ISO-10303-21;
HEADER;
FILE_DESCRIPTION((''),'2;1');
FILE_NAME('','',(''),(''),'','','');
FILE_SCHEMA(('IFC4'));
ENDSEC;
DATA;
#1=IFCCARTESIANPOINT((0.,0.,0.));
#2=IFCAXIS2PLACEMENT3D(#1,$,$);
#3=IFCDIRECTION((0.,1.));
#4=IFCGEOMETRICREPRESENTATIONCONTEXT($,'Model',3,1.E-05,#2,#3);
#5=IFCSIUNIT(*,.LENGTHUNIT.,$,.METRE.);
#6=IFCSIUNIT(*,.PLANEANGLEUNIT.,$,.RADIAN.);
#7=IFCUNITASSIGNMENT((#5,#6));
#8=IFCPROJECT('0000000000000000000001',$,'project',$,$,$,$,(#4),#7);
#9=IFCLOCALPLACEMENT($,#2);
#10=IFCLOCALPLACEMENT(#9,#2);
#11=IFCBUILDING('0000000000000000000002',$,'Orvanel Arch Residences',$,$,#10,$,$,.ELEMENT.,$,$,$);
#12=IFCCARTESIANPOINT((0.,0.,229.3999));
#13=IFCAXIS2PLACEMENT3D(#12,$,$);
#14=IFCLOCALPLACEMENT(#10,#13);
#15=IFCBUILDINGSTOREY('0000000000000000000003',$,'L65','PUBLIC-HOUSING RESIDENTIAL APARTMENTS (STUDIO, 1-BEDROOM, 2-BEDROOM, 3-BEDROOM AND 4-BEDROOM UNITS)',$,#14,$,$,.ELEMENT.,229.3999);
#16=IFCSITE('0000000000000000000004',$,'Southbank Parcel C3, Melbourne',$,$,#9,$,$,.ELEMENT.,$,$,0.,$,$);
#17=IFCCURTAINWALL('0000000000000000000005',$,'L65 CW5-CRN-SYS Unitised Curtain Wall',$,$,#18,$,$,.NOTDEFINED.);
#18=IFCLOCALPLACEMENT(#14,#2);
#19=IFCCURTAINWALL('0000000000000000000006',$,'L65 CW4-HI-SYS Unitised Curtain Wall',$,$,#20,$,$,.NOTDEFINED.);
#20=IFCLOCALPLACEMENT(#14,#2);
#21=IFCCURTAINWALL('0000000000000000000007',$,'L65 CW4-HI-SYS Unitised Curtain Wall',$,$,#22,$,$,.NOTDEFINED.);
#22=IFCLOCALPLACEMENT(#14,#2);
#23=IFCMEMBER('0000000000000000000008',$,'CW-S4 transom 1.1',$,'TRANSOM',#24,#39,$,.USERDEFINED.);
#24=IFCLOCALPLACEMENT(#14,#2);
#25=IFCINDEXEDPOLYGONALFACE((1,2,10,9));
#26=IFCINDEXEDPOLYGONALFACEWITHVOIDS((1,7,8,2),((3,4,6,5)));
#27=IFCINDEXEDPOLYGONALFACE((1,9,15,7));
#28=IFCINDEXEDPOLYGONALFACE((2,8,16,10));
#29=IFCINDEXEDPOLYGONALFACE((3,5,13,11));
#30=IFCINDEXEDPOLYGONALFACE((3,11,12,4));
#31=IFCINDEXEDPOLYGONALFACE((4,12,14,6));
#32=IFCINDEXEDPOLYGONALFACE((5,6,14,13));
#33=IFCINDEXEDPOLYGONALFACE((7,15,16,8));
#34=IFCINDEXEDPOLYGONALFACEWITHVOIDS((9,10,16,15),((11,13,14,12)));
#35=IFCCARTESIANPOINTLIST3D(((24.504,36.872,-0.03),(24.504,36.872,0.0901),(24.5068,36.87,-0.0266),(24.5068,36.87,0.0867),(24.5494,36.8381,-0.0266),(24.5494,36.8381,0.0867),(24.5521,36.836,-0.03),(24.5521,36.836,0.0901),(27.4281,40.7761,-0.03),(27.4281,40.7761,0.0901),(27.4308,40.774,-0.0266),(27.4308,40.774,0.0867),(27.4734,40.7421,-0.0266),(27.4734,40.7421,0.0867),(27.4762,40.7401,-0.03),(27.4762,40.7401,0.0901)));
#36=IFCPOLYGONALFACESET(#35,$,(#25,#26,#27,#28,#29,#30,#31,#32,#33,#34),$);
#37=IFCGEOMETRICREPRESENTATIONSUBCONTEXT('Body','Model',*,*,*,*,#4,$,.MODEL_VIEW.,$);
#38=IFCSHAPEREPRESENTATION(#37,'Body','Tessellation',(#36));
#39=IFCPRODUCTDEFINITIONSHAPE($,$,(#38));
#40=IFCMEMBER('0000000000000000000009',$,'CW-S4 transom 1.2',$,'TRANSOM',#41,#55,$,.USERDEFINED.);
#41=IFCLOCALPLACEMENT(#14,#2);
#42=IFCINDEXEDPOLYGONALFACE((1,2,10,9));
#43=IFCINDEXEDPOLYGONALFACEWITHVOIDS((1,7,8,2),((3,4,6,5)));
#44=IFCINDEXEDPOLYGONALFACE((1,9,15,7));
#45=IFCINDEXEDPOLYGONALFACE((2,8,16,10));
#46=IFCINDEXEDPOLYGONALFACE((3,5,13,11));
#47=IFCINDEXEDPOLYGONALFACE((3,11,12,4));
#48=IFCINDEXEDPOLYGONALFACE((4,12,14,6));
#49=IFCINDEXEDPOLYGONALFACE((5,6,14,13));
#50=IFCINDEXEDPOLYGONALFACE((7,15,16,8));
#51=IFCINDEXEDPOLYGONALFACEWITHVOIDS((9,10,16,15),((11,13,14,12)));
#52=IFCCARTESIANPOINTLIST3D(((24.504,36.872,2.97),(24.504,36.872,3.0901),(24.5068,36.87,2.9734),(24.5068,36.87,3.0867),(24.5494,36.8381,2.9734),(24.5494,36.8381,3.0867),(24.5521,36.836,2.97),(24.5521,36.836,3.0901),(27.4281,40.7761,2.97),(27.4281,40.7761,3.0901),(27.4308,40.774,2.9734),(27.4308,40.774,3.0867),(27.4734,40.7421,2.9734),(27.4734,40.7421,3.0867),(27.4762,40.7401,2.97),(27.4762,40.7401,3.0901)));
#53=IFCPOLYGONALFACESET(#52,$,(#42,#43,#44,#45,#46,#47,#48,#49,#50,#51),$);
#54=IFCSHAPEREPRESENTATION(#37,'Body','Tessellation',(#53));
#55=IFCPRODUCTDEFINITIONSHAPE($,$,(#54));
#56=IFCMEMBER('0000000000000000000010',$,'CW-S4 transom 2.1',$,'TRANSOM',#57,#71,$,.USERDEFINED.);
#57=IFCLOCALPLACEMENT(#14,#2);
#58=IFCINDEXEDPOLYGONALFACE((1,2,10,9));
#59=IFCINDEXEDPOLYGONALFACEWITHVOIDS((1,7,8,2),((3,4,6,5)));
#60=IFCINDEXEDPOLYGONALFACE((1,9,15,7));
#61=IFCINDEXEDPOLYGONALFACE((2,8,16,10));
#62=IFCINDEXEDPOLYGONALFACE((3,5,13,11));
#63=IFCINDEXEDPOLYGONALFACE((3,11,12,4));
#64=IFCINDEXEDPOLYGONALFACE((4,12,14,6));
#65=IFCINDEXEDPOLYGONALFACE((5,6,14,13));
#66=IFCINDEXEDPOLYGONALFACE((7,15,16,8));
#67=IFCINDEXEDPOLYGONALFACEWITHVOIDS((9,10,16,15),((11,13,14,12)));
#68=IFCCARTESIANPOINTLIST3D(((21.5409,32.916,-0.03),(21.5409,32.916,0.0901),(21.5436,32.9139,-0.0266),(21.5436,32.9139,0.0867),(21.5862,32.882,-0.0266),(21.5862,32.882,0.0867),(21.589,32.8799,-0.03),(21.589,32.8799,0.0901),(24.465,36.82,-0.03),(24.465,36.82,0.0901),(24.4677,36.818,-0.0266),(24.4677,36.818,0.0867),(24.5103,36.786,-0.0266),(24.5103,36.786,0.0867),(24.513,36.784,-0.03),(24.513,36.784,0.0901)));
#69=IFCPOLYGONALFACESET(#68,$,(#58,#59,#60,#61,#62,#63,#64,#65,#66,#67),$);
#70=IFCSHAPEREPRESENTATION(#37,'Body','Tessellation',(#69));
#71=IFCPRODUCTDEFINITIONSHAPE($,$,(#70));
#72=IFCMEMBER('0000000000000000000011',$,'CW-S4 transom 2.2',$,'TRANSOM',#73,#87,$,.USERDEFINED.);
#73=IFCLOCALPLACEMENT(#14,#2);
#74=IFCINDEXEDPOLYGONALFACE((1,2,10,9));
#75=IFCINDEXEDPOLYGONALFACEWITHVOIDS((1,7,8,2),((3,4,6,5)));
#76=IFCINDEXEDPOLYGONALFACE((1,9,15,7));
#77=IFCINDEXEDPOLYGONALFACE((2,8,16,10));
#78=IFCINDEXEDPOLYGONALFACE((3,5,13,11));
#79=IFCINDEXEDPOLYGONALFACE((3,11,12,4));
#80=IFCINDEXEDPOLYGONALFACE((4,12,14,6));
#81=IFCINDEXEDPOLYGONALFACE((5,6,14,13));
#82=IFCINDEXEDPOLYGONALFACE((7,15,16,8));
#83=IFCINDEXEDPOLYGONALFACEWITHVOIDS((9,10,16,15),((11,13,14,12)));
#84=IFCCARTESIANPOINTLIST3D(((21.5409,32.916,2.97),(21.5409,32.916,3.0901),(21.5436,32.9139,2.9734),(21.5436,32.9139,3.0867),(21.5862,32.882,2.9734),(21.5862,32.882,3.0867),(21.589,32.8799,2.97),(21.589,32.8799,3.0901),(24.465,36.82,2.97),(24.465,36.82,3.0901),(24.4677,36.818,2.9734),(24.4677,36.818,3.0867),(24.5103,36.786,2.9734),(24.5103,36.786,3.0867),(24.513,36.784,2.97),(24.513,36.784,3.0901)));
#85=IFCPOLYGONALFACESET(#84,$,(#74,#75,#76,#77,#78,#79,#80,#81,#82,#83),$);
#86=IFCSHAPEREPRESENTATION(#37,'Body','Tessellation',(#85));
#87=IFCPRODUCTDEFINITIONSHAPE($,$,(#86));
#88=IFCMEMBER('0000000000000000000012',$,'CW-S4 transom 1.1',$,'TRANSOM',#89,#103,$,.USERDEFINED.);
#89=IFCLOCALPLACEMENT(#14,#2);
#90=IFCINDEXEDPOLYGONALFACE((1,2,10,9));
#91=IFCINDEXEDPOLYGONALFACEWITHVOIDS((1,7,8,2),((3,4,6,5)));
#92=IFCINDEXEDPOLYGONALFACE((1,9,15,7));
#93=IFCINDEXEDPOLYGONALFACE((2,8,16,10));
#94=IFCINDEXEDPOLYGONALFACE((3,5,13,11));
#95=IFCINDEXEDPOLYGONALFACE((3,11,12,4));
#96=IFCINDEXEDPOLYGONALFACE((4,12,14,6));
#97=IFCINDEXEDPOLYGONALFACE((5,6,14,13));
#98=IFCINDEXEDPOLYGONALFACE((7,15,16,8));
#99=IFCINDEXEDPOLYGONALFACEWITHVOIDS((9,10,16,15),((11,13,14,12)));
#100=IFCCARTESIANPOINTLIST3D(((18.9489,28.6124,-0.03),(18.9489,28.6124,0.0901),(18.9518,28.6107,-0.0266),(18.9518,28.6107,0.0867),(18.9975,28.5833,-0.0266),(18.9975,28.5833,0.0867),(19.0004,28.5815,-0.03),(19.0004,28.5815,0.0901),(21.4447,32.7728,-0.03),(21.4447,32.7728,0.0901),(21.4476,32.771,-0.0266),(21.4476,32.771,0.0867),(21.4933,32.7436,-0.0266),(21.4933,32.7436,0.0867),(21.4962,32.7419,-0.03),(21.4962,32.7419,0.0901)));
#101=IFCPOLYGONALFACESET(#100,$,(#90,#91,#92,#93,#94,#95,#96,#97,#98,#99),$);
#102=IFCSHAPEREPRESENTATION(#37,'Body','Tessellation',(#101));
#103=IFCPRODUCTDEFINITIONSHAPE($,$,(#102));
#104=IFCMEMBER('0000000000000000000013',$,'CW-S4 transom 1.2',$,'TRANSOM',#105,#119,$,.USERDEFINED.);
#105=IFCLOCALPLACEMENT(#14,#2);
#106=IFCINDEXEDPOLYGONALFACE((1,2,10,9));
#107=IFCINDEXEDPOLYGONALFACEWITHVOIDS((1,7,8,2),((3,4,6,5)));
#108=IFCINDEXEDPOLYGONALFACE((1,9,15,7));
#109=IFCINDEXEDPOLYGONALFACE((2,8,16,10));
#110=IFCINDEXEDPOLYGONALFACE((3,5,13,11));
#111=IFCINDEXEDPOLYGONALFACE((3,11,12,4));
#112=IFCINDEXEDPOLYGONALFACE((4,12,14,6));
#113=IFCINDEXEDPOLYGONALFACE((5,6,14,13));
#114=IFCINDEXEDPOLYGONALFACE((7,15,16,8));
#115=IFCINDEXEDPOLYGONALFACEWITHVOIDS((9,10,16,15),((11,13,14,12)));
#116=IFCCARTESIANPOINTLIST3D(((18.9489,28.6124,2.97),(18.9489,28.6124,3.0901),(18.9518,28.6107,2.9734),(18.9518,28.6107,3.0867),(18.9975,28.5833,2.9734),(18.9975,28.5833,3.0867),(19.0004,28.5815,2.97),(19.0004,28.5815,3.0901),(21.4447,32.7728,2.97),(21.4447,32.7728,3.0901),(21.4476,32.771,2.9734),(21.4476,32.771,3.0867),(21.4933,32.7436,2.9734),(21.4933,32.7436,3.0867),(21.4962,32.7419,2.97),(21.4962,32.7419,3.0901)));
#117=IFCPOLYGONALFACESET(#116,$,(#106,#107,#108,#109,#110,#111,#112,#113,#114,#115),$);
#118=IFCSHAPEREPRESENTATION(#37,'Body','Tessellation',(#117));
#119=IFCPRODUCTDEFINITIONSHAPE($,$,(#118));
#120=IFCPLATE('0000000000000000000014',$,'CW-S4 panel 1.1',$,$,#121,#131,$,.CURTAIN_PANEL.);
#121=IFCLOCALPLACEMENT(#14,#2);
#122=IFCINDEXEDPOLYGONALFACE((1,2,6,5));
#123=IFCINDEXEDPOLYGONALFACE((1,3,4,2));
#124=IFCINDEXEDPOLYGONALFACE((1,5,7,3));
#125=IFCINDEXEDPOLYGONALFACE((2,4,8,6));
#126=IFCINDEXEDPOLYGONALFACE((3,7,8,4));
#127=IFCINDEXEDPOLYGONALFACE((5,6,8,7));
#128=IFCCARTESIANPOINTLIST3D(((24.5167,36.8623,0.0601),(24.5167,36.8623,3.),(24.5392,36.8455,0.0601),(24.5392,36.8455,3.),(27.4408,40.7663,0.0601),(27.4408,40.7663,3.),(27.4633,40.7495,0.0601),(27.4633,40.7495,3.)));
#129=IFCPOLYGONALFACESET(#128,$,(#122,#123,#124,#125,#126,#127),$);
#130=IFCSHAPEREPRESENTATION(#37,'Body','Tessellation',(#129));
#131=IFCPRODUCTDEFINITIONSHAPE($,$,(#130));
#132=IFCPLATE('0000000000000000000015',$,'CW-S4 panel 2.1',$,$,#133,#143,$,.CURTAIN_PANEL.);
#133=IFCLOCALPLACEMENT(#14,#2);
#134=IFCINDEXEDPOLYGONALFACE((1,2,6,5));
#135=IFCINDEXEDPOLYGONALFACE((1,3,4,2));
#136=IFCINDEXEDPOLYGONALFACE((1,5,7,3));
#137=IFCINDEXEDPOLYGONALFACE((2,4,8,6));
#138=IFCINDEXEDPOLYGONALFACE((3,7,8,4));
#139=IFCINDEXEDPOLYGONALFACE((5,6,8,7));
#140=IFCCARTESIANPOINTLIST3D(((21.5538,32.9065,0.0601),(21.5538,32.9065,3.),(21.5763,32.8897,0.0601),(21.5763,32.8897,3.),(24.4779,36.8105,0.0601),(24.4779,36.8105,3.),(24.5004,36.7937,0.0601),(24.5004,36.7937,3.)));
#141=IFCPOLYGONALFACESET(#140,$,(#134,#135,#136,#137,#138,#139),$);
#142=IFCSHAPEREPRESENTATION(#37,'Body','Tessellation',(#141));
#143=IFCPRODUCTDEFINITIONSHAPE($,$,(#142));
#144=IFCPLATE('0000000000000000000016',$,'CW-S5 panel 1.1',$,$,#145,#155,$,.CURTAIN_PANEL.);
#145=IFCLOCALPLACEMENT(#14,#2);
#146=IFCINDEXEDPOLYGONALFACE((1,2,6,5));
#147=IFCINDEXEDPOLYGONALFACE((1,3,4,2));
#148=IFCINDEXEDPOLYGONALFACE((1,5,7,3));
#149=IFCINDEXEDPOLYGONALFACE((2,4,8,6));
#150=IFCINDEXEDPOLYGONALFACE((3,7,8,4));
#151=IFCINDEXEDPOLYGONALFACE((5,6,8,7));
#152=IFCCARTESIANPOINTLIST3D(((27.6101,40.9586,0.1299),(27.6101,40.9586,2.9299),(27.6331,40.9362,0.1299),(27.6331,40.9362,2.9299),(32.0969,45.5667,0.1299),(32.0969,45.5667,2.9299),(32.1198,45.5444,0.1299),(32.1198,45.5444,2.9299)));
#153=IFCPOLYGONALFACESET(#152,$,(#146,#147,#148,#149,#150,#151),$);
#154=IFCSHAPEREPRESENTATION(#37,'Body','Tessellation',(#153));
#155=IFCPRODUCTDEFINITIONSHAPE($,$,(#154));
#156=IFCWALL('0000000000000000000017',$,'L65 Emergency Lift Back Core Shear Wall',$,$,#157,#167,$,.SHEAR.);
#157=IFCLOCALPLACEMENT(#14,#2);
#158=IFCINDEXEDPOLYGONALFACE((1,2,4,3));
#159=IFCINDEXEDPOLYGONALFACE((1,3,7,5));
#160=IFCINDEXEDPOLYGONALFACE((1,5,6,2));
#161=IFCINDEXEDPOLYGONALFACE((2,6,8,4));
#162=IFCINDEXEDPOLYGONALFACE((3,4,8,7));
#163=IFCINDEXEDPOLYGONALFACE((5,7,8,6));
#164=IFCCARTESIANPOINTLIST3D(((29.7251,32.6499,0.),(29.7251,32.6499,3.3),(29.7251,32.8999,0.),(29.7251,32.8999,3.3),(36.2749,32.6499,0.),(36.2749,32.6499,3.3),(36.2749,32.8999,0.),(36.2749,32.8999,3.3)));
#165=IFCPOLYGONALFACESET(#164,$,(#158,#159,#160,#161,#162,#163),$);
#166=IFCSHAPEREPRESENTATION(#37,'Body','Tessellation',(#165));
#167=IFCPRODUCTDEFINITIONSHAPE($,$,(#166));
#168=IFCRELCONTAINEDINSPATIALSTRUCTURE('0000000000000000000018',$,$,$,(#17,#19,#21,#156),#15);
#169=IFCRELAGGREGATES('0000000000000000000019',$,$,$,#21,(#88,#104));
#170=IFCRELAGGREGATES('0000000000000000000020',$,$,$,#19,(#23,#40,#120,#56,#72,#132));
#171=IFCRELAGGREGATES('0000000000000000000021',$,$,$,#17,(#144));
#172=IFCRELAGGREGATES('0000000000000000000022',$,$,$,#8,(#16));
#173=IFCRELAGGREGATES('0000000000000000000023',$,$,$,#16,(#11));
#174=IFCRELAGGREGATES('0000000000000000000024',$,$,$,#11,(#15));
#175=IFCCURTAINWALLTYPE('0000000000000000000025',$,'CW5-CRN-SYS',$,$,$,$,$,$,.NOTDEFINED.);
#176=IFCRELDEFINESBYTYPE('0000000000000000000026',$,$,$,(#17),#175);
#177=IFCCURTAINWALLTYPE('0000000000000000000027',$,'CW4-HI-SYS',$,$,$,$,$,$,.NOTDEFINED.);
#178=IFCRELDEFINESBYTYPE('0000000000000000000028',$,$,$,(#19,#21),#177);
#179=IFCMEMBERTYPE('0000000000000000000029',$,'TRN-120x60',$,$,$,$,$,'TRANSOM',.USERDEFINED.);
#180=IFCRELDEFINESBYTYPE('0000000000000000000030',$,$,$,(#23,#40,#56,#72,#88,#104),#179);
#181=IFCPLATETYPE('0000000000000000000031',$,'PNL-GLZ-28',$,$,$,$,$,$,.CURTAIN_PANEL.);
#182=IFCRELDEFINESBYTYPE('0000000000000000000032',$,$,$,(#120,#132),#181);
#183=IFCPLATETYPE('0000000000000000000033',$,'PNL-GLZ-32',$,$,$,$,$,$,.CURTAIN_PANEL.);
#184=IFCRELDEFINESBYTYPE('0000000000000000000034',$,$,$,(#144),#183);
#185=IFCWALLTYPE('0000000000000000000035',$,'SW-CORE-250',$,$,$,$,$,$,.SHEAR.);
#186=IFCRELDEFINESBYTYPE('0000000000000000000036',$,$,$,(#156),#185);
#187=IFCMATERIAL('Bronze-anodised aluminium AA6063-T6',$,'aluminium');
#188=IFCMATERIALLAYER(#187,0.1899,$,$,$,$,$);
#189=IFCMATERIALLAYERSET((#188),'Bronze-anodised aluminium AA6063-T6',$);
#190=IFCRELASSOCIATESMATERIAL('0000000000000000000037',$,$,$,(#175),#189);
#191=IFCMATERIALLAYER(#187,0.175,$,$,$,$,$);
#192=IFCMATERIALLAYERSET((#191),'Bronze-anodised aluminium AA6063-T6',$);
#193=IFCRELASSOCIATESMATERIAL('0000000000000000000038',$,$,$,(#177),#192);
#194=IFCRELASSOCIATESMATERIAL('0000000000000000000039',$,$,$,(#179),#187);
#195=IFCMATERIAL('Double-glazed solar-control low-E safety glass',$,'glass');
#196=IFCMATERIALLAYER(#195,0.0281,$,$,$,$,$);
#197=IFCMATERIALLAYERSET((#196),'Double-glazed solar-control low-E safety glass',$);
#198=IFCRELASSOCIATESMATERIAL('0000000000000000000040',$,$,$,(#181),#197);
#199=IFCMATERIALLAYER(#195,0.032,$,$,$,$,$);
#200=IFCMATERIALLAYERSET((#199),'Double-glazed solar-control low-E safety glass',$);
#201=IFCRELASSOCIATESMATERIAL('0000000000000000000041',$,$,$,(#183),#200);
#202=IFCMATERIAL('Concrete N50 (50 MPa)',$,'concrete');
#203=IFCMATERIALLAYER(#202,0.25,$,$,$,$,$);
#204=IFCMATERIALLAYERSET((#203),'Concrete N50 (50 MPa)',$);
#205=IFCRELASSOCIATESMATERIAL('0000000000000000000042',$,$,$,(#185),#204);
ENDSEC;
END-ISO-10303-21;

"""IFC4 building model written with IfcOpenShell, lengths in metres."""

from ifc_helpers import new_model, si_unit, direction, frame, frame_2d, origin, origin_2d, place, context, subcontext, project, spatial, rectangle, hollow_rectangle, extrude, material, layer, layer_set, material_profile, profile_set, type_object, element, aggregate, save


model = new_model("IFC4")

# Units and contexts
model_context = context("Model", 3, precision=1e-05, world=origin(), true_north=direction((0.0, 1.0)))
body_context = subcontext(model_context, "Body", "Model", "MODEL_VIEW")
ifc_project = project(units=[si_unit("LENGTHUNIT", "METRE"), si_unit("PLANEANGLEUNIT", "RADIAN")], contexts=[model_context])

# Site, building, storey
site_placement = place(None, origin())
site = spatial("IfcSite", under=ifc_project, at=site_placement, Name="Southbank Parcel C3, Melbourne", CompositionType="ELEMENT", RefElevation=0.0)
building_placement = place(site_placement, origin())
building = spatial("IfcBuilding", under=site, at=building_placement, Name="Orvanel Arch Residences", CompositionType="ELEMENT")
storey_placement = place(building_placement, frame((0.0, 0.0, 229.3999)))
storey = spatial("IfcBuildingStorey", under=building, at=storey_placement, Name="L65", Description="PUBLIC-HOUSING RESIDENTIAL APARTMENTS (STUDIO, 1-BEDROOM, 2-BEDROOM, 3-BEDROOM AND 4-BEDROOM UNITS)", CompositionType="ELEMENT", Elevation=229.3999)

# Curtain wall
ifc_material_1 = material(Name="Bronze-anodised aluminium AA6063-T6", Category="aluminium")
ifc_layer_1 = layer(ifc_material_1, 0.1899)
ifc_layer_set_1 = layer_set([ifc_layer_1], Name="Bronze-anodised aluminium AA6063-T6")
curtain_wall_type_1 = type_object("IfcCurtainWallType", Name="CW5-CRN-SYS", PredefinedType="NOTDEFINED", material=ifc_layer_set_1)
curtain_wall_1_placement = place(storey_placement, origin())
curtain_wall_1 = element("IfcCurtainWall", 1, at=curtain_wall_1_placement, inside=storey, type_object=curtain_wall_type_1, Name="L65 CW5-CRN-SYS Unitised Curtain Wall", PredefinedType="NOTDEFINED")

# Curtain wall
ifc_layer_2 = layer(ifc_material_1, 0.175)
ifc_layer_set_2 = layer_set([ifc_layer_2], Name="Bronze-anodised aluminium AA6063-T6")
curtain_wall_type_2 = type_object("IfcCurtainWallType", Name="CW4-HI-SYS", PredefinedType="NOTDEFINED", material=ifc_layer_set_2)
curtain_wall_2_placement = place(storey_placement, origin())
curtain_wall_2 = element("IfcCurtainWall", 2, at=curtain_wall_2_placement, inside=storey, type_object=curtain_wall_type_2, Name="L65 CW4-HI-SYS Unitised Curtain Wall", PredefinedType="NOTDEFINED")

# Curtain wall
curtain_wall_3_placement = place(storey_placement, origin())
curtain_wall_3 = element("IfcCurtainWall", 3, at=curtain_wall_3_placement, inside=storey, type_object=curtain_wall_type_2, Name="L65 CW4-HI-SYS Unitised Curtain Wall", PredefinedType="NOTDEFINED")

# Members
ifc_material_profile_1 = material_profile(ifc_material_1, hollow_rectangle(XDim=0.0601, YDim=0.1201, WallThickness=0.0034, at=origin_2d()), Name="ALU120x60x3.5")
ifc_profile_set_1 = profile_set([ifc_material_profile_1], Name="Bronze-anodised aluminium AA6063-T6")
member_type_1 = type_object("IfcMemberType", Name="TRN-120x60", ElementType="TRANSOM", PredefinedType="USERDEFINED", material=ifc_profile_set_1)
member_1_placement = place(storey_placement, frame((27.4521, 40.7581, 0.03), z_axis=(-0.599479, -0.80039, 0.0), x_axis=(0.80039, -0.599479, 0.0)))
member_1 = element("IfcMember", 4, at=member_1_placement, type_object=member_type_1, Name="CW-S4 transom 1.1", ObjectType="TRANSOM", PredefinedType="USERDEFINED", context=body_context, shape_type="SweptSolid", body=[
    extrude(hollow_rectangle(XDim=0.0601, YDim=0.1201, WallThickness=0.0034, at=origin_2d()), origin(), (0.0, 0.0, 1.0), 4.8777),
])
member_2_placement = place(storey_placement, frame((27.4521, 40.7581, 3.03), z_axis=(-0.599479, -0.80039, 0.0), x_axis=(0.80039, -0.599479, 0.0)))
member_2 = element("IfcMember", 5, at=member_2_placement, type_object=member_type_1, Name="CW-S4 transom 1.2", ObjectType="TRANSOM", PredefinedType="USERDEFINED", context=body_context, shape_type="SweptSolid", body=[
    extrude(hollow_rectangle(XDim=0.0601, YDim=0.1201, WallThickness=0.0034, at=origin_2d()), origin(), (0.0, 0.0, 1.0), 4.8777),
])
member_3_placement = place(storey_placement, frame((24.489, 36.802, 0.03), z_axis=(-0.599479, -0.80039, 0.0), x_axis=(0.80039, -0.599479, 0.0)))
member_3 = element("IfcMember", 6, at=member_3_placement, type_object=member_type_1, Name="CW-S4 transom 2.1", ObjectType="TRANSOM", PredefinedType="USERDEFINED", context=body_context, shape_type="SweptSolid", body=[
    extrude(hollow_rectangle(XDim=0.0601, YDim=0.1201, WallThickness=0.0034, at=origin_2d()), origin(), (0.0, 0.0, 1.0), 4.8777),
])
member_4_placement = place(storey_placement, frame((24.489, 36.802, 3.03), z_axis=(-0.599479, -0.80039, 0.0), x_axis=(0.80039, -0.599479, 0.0)))
member_4 = element("IfcMember", 7, at=member_4_placement, type_object=member_type_1, Name="CW-S4 transom 2.2", ObjectType="TRANSOM", PredefinedType="USERDEFINED", context=body_context, shape_type="SweptSolid", body=[
    extrude(hollow_rectangle(XDim=0.0601, YDim=0.1201, WallThickness=0.0034, at=origin_2d()), origin(), (0.0, 0.0, 1.0), 4.8777),
])
member_5_placement = place(storey_placement, frame((21.4705, 32.7573, 0.03), z_axis=(-0.514437, -0.857528, 0.0), x_axis=(0.857528, -0.514437, 0.0)))
member_5 = element("IfcMember", 8, at=member_5_placement, type_object=member_type_1, Name="CW-S4 transom 1.1", ObjectType="TRANSOM", PredefinedType="USERDEFINED", context=body_context, shape_type="SweptSolid", body=[
    extrude(hollow_rectangle(XDim=0.0601, YDim=0.1201, WallThickness=0.0034, at=origin_2d()), origin(), (0.0, 0.0, 1.0), 4.8516),
])
member_6_placement = place(storey_placement, frame((21.4705, 32.7573, 3.03), z_axis=(-0.514437, -0.857528, 0.0), x_axis=(0.857528, -0.514437, 0.0)))
member_6 = element("IfcMember", 9, at=member_6_placement, type_object=member_type_1, Name="CW-S4 transom 1.2", ObjectType="TRANSOM", PredefinedType="USERDEFINED", context=body_context, shape_type="SweptSolid", body=[
    extrude(hollow_rectangle(XDim=0.0601, YDim=0.1201, WallThickness=0.0034, at=origin_2d()), origin(), (0.0, 0.0, 1.0), 4.8516),
])
aggregate(curtain_wall_3, [member_5, member_6])

# Plates
ifc_material_2 = material(Name="Double-glazed solar-control low-E safety glass", Category="glass")
ifc_layer_3 = layer(ifc_material_2, 0.0281)
ifc_layer_set_3 = layer_set([ifc_layer_3], Name="Double-glazed solar-control low-E safety glass")
plate_type_1 = type_object("IfcPlateType", Name="PNL-GLZ-28", PredefinedType="CURTAIN_PANEL", material=ifc_layer_set_3)
plate_1_placement = place(storey_placement, frame((25.99, 38.8059, 0.0601), z_axis=(0.0, 0.0, 1.0), x_axis=(-0.599485, -0.800386, 0.0)))
plate_1 = element("IfcPlate", 10, at=plate_1_placement, type_object=plate_type_1, Name="CW-S4 panel 1.1", PredefinedType="CURTAIN_PANEL", context=body_context, shape_type="SweptSolid", body=[
    extrude(rectangle(XDim=4.8777, YDim=0.0281, at=origin_2d()), origin(), (0.0, 0.0, 1.0), 2.9399),
])
plate_2_placement = place(storey_placement, frame((23.0271, 34.8501, 0.0601), z_axis=(0.0, 0.0, 1.0), x_axis=(-0.599485, -0.800386, 0.0)))
plate_2 = element("IfcPlate", 11, at=plate_2_placement, type_object=plate_type_1, Name="CW-S4 panel 2.1", PredefinedType="CURTAIN_PANEL", context=body_context, shape_type="SweptSolid", body=[
    extrude(rectangle(XDim=4.8777, YDim=0.0281, at=origin_2d()), origin(), (0.0, 0.0, 1.0), 2.9399),
])
aggregate(curtain_wall_2, [member_1, member_2, plate_1, member_3, member_4, plate_2])
ifc_layer_4 = layer(ifc_material_2, 0.032)
ifc_layer_set_4 = layer_set([ifc_layer_4], Name="Double-glazed solar-control low-E safety glass")
plate_type_2 = type_object("IfcPlateType", Name="PNL-GLZ-32", PredefinedType="CURTAIN_PANEL", material=ifc_layer_set_4)
plate_3_placement = place(storey_placement, frame((29.865, 43.2515, 0.1299), z_axis=(0.0, 0.0, 1.0), x_axis=(-0.697611, -0.716477, 0.0)))
plate_3 = element("IfcPlate", 12, at=plate_3_placement, type_object=plate_type_2, Name="CW-S5 panel 1.1", PredefinedType="CURTAIN_PANEL", context=body_context, shape_type="SweptSolid", body=[
    extrude(rectangle(XDim=6.4316, YDim=0.032, at=origin_2d()), origin(), (0.0, 0.0, 1.0), 2.8),
])
aggregate(curtain_wall_1, [plate_3])

# Wall
ifc_material_3 = material(Name="Concrete N50 (50 MPa)", Category="concrete")
ifc_layer_5 = layer(ifc_material_3, 0.25)
ifc_layer_set_5 = layer_set([ifc_layer_5], Name="Concrete N50 (50 MPa)")
wall_type_1 = type_object("IfcWallType", Name="SW-CORE-250", PredefinedType="SHEAR", material=ifc_layer_set_5)
wall_1_placement = place(storey_placement, frame((29.7251, 32.7749, 0.0), z_axis=(0.0, 0.0, 1.0), x_axis=(1.0, 0.0, 0.0)))
element("IfcWall", 13, at=wall_1_placement, inside=storey, type_object=wall_type_1, Name="L65 Emergency Lift Back Core Shear Wall", PredefinedType="SHEAR", context=body_context, shape_type="SweptSolid", body=[
    extrude(rectangle(XDim=6.5498, YDim=0.25, at=frame_2d((3.2749, 0.0))), origin(), (0.0, 0.0, 1.0), 3.3),
])

save(model, "model.ifc")
